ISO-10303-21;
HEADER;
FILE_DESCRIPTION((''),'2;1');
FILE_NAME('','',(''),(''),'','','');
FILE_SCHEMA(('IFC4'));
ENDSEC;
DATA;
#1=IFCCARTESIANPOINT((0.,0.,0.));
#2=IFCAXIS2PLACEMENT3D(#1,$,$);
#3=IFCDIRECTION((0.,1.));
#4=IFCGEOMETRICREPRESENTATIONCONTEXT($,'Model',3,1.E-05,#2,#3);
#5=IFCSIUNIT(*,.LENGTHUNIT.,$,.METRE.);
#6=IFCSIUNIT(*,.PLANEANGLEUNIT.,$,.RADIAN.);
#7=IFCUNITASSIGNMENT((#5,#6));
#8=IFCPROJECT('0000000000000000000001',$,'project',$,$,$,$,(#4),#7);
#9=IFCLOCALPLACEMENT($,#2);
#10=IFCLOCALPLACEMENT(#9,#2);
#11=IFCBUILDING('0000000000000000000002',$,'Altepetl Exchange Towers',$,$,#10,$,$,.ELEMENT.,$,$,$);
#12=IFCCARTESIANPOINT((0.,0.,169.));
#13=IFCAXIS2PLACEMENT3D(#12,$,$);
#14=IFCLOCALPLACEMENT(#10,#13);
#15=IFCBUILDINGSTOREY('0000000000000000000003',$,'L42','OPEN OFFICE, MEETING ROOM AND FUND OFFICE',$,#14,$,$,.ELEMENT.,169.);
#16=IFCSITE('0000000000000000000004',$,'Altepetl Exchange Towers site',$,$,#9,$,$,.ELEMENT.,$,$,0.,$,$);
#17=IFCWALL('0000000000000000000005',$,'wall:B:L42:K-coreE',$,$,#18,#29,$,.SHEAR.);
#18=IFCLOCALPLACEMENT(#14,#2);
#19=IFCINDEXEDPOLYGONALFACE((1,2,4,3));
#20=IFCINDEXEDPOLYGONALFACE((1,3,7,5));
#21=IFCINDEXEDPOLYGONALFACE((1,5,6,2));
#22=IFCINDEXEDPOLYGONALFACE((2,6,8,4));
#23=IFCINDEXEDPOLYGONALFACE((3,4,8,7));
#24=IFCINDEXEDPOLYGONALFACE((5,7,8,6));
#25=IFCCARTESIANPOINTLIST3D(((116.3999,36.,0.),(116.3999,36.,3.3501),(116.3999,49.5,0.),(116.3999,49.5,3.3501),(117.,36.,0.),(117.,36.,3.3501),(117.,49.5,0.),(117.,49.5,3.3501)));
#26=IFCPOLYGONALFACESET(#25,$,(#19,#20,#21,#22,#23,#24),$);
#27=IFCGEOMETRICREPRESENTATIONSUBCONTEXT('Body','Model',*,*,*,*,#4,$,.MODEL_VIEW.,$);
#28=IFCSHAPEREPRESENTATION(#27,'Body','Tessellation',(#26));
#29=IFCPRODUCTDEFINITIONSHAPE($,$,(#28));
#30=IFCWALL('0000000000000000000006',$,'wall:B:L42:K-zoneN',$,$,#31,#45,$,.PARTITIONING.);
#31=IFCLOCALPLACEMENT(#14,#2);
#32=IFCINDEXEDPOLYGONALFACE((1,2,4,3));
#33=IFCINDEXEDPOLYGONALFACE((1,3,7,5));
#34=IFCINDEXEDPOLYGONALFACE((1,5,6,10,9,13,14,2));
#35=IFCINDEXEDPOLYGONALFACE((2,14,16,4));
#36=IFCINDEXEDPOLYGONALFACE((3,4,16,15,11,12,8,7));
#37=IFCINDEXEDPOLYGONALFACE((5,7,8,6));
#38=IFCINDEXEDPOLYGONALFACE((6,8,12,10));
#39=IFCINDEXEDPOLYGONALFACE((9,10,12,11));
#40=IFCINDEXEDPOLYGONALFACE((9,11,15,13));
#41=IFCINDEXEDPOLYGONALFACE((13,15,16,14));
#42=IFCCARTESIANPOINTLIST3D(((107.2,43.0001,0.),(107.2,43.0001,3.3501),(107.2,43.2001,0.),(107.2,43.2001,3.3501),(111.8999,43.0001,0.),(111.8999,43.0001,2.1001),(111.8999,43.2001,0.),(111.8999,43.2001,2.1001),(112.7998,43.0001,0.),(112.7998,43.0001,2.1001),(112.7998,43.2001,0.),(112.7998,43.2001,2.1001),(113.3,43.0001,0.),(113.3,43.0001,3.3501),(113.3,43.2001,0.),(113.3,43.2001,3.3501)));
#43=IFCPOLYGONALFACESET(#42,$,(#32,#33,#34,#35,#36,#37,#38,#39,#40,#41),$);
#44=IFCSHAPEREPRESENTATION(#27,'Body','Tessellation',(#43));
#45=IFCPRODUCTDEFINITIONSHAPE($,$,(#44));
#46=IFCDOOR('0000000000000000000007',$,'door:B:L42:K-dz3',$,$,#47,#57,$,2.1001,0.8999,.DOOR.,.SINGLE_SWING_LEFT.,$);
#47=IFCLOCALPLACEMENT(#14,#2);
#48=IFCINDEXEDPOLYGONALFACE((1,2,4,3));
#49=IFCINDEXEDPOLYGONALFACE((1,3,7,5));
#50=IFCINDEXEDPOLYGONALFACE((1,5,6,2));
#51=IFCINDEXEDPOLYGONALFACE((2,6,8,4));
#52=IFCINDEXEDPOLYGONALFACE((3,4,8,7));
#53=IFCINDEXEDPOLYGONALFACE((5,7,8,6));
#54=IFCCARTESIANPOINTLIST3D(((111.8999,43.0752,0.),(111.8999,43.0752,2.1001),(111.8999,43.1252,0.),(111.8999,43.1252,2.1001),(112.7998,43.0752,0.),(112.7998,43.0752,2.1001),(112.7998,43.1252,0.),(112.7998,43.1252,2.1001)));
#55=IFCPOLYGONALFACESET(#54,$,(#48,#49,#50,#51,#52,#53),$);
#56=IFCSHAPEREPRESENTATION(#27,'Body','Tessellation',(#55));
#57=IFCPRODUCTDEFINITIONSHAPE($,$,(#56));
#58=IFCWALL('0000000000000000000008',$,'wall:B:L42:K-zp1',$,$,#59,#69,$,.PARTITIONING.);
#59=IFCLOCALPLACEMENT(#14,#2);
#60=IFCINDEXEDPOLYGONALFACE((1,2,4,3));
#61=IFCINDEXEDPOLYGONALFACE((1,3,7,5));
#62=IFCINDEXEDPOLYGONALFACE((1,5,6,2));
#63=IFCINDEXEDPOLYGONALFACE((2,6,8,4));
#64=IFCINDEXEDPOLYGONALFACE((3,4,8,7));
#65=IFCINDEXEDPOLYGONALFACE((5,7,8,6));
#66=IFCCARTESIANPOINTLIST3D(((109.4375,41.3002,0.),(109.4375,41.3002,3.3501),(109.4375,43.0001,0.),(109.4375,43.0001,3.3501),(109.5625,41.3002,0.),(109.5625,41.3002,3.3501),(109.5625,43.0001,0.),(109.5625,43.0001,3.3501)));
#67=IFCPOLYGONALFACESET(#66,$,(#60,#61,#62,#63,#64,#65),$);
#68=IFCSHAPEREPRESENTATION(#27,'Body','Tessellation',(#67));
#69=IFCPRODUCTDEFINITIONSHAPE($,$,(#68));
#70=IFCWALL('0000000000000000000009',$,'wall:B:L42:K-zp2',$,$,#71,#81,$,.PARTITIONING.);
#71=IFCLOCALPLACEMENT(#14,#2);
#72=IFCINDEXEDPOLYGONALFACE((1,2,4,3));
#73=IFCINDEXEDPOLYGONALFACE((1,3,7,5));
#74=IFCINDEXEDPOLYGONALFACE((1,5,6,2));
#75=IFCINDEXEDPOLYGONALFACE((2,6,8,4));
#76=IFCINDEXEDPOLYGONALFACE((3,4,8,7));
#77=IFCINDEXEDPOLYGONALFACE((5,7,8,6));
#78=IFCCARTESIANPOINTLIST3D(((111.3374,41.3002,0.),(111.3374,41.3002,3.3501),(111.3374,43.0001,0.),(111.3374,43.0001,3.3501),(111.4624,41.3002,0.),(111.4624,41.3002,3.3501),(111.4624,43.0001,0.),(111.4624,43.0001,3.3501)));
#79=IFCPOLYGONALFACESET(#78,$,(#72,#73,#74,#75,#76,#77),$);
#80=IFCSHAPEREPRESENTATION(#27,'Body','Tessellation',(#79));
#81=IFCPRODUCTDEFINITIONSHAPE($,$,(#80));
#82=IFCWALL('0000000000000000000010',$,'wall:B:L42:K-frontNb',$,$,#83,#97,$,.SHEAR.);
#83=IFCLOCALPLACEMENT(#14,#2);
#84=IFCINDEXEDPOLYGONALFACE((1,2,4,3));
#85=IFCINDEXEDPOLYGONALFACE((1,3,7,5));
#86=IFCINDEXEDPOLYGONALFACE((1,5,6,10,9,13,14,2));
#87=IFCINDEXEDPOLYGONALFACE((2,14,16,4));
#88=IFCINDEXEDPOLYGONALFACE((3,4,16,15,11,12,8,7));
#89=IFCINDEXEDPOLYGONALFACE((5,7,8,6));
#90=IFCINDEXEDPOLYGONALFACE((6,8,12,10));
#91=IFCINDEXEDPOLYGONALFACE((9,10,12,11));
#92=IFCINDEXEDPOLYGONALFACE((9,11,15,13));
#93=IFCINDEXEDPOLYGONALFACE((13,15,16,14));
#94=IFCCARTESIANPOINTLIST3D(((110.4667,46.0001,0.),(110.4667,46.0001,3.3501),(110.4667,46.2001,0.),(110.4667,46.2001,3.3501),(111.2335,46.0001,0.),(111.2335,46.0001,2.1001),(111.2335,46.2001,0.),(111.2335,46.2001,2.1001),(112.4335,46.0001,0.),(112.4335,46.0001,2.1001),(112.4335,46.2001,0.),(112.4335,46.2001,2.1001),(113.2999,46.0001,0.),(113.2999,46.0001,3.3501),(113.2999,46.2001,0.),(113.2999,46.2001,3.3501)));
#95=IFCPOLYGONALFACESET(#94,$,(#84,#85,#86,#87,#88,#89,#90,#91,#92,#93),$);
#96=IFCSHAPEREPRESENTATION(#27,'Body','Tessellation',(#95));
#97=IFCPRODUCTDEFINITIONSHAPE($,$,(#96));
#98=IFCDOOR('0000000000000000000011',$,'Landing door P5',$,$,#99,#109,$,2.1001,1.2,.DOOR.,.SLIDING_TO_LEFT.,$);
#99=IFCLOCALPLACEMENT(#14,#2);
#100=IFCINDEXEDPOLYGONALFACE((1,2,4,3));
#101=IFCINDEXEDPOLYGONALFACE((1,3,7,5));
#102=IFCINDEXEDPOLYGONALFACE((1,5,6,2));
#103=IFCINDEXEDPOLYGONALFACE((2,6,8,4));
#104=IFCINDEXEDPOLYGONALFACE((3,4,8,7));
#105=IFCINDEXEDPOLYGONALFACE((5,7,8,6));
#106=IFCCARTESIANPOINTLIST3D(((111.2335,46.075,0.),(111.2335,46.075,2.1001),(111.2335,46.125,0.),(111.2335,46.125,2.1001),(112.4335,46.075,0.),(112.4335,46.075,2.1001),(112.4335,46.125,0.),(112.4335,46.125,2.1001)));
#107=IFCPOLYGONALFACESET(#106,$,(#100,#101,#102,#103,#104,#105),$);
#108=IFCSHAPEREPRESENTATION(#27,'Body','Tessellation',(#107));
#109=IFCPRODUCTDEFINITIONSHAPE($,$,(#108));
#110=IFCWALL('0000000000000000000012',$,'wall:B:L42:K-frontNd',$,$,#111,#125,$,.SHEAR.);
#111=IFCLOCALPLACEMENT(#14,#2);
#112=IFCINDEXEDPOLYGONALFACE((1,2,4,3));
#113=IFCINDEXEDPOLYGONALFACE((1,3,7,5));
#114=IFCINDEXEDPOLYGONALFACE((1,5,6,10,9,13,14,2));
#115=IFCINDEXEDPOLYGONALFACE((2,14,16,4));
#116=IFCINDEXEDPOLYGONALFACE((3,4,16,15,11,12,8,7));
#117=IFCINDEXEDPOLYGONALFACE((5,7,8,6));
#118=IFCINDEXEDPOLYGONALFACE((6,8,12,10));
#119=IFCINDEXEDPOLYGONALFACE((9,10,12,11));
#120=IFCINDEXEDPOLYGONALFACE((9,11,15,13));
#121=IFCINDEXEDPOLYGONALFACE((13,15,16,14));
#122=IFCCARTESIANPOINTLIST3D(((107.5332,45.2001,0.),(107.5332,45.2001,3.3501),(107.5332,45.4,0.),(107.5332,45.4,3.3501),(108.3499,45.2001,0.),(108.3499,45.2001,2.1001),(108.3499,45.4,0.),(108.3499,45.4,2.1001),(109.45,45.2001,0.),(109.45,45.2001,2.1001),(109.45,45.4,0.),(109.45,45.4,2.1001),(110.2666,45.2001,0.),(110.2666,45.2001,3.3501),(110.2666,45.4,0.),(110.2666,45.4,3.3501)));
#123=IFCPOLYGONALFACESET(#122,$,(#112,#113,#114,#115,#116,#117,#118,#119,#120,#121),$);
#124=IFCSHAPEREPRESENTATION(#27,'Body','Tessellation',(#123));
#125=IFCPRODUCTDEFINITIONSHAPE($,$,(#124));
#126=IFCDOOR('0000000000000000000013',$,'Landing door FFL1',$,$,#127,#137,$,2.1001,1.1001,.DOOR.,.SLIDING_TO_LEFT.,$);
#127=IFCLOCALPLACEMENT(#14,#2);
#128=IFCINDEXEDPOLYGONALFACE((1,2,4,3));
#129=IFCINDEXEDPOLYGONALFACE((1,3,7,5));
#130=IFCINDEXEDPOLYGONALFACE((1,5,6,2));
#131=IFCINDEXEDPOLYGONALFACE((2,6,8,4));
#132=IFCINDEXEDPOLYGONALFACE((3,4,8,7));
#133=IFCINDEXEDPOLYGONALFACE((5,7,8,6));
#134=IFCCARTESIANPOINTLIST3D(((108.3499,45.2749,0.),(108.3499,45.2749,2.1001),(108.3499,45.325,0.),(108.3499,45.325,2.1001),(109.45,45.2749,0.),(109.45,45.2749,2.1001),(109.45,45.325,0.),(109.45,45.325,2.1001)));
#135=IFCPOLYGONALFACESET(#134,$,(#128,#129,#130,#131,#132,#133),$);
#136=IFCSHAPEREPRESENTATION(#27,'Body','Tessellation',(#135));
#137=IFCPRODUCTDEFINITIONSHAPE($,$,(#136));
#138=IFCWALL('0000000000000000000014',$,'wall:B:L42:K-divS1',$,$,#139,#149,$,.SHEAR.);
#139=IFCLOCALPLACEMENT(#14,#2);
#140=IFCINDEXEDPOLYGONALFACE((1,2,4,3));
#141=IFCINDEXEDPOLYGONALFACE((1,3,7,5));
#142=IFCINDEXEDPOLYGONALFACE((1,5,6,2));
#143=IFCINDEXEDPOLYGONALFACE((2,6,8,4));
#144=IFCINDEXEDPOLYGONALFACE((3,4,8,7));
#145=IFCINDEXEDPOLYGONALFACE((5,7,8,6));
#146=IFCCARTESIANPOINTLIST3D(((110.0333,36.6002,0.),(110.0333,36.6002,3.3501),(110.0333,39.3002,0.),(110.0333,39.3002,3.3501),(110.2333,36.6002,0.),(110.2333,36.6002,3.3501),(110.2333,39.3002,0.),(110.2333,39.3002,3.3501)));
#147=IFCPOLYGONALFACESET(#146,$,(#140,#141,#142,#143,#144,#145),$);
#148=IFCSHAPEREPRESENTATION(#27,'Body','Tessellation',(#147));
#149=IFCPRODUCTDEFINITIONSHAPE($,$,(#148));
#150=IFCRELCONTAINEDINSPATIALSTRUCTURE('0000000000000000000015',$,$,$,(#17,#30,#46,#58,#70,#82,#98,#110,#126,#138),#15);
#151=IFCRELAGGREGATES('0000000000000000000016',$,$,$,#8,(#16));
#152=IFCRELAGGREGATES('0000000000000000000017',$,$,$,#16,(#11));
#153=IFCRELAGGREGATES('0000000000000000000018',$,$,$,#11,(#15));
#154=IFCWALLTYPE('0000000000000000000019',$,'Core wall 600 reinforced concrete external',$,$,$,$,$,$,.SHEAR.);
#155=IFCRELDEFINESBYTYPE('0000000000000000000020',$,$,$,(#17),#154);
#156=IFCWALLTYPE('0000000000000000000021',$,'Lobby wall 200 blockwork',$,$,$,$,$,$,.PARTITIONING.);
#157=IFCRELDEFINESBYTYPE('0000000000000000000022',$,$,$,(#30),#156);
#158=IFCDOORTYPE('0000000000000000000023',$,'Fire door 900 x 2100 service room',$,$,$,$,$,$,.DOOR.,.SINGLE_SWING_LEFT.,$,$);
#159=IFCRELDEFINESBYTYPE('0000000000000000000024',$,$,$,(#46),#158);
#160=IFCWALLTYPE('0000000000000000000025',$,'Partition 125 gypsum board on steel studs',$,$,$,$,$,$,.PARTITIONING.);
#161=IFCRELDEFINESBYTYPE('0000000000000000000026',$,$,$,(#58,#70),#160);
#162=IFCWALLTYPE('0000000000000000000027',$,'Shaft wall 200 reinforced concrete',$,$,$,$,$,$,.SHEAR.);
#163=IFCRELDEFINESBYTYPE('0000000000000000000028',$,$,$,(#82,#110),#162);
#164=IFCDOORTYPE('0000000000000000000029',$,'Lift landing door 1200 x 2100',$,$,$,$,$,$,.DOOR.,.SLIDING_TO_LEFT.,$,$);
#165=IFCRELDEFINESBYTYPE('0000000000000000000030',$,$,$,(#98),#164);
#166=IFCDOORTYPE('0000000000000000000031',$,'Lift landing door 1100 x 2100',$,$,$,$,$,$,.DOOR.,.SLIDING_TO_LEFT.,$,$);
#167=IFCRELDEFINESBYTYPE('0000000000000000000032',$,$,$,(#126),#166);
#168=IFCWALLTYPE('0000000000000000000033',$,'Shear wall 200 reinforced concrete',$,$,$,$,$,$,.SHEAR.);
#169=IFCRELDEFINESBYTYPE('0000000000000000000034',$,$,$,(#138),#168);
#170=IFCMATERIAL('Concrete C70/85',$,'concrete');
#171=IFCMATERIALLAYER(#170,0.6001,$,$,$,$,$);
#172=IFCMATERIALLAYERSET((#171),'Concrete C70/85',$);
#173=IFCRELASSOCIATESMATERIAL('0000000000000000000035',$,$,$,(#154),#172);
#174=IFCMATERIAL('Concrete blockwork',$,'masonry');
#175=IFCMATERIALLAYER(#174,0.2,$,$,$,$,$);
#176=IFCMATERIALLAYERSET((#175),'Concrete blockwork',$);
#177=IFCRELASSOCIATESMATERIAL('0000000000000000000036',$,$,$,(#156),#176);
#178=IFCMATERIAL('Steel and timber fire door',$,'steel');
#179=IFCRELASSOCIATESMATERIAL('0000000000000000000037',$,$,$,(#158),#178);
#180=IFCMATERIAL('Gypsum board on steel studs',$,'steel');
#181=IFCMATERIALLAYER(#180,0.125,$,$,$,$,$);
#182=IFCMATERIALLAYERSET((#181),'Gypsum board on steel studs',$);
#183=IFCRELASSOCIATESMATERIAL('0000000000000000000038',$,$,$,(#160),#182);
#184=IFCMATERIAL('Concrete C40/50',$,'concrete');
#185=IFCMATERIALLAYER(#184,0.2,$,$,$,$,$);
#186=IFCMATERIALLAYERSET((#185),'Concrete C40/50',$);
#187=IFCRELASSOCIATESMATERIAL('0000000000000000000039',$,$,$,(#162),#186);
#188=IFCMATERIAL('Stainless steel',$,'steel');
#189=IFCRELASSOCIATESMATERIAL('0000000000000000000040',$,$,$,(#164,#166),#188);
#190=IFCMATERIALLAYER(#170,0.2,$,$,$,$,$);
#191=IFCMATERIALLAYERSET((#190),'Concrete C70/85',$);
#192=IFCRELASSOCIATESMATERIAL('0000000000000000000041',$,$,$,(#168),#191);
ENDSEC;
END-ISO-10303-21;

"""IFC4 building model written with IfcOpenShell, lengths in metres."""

from ifc_helpers import new_model, si_unit, direction, frame, frame_2d, origin, place, context, subcontext, project, spatial, rectangle, extrude, material, layer, layer_set, type_object, element, fill, save


model = new_model("IFC4")

# Units and contexts
model_context = context("Model", 3, precision=1e-05, world=origin(), true_north=direction((0.0, 1.0)))
body_context = subcontext(model_context, "Body", "Model", "MODEL_VIEW")
ifc_project = project(units=[si_unit("LENGTHUNIT", "METRE"), si_unit("PLANEANGLEUNIT", "RADIAN")], contexts=[model_context])

# Site, building, storey
site_placement = place(None, origin())
site = spatial("IfcSite", under=ifc_project, at=site_placement, Name="Altepetl Exchange Towers site", CompositionType="ELEMENT", RefElevation=0.0)
building_placement = place(site_placement, origin())
building = spatial("IfcBuilding", under=site, at=building_placement, Name="Altepetl Exchange Towers", CompositionType="ELEMENT")
storey_placement = place(building_placement, frame((0.0, 0.0, 169.0)))
storey = spatial("IfcBuildingStorey", under=building, at=storey_placement, Name="L42", Description="OPEN OFFICE, MEETING ROOM AND FUND OFFICE", CompositionType="ELEMENT", Elevation=169.0)

# Wall
ifc_material_1 = material(Name="Concrete C70/85", Category="concrete")
ifc_layer_1 = layer(ifc_material_1, 0.6001)
ifc_layer_set_1 = layer_set([ifc_layer_1], Name="Concrete C70/85")
wall_type_1 = type_object("IfcWallType", Name="Core wall 600 reinforced concrete external", PredefinedType="SHEAR", material=ifc_layer_set_1)
wall_1_placement = place(storey_placement, frame((116.7, 36.0, 0.0), z_axis=(0.0, 0.0, 1.0), x_axis=(0.0, 1.0, 0.0)))
element("IfcWall", 1, at=wall_1_placement, inside=storey, type_object=wall_type_1, Name="wall:B:L42:K-coreE", PredefinedType="SHEAR", context=body_context, shape_type="SweptSolid", body=[
    extrude(rectangle(XDim=13.5, YDim=0.6001, at=frame_2d((6.75, 0.0))), origin(), (0.0, 0.0, 1.0), 3.3501),
])

# Wall, opening, door
ifc_material_2 = material(Name="Concrete blockwork", Category="masonry")
ifc_layer_2 = layer(ifc_material_2, 0.2)
ifc_layer_set_2 = layer_set([ifc_layer_2], Name="Concrete blockwork")
wall_type_2 = type_object("IfcWallType", Name="Lobby wall 200 blockwork", PredefinedType="PARTITIONING", material=ifc_layer_set_2)
wall_2_placement = place(storey_placement, frame((107.2, 43.1001, 0.0)))
wall_2 = element("IfcWall", 2, at=wall_2_placement, inside=storey, type_object=wall_type_2, Name="wall:B:L42:K-zoneN", PredefinedType="PARTITIONING", context=body_context, shape_type="SweptSolid", body=[
    extrude(rectangle(XDim=6.1001, YDim=0.2, at=frame_2d((3.05, 0.0))), origin(), (0.0, 0.0, 1.0), 3.3501),
])
opening_1_placement = place(wall_2_placement, frame((4.7, 0.0, 0.0)))
opening_1 = element("IfcOpeningElement", 3, at=opening_1_placement, cuts=wall_2, PredefinedType="OPENING", context=body_context, shape_type="SweptSolid", body=[
    extrude(rectangle(XDim=0.8999, YDim=2.1001, at=frame_2d((0.45, 1.05))), frame((0.0, 0.1099, 0.0), z_axis=(0.0, -1.0, 0.0), x_axis=(1.0, 0.0, 0.0)), (0.0, 0.0, 1.0), 0.22),
])
ifc_material_3 = material(Name="Steel and timber fire door", Category="steel")
door_type_1 = type_object("IfcDoorType", Name="Fire door 900 x 2100 service room", OperationType="SINGLE_SWING_LEFT", PredefinedType="DOOR", material=ifc_material_3)
door_1_placement = place(opening_1_placement, frame((0.8999, 0.0, 0.0), x_axis=(-1.0, 0.0, 0.0)))
door_1 = element("IfcDoor", 4, at=door_1_placement, inside=storey, type_object=door_type_1, Name="door:B:L42:K-dz3", OperationType="SINGLE_SWING_LEFT", OverallHeight=2.1001, OverallWidth=0.8999, PredefinedType="DOOR", context=body_context, shape_type="SweptSolid", body=[
    extrude(rectangle(XDim=0.8999, YDim=2.1001, at=frame_2d((0.45, 1.05))), frame((0.0, 0.0249, 0.0), z_axis=(0.0, -1.0, 0.0), x_axis=(1.0, 0.0, 0.0)), (0.0, 0.0, 1.0), 0.05),
])
fill(opening_1, door_1)

# Walls
ifc_material_4 = material(Name="Gypsum board on steel studs", Category="steel")
ifc_layer_3 = layer(ifc_material_4, 0.125)
ifc_layer_set_3 = layer_set([ifc_layer_3], Name="Gypsum board on steel studs")
wall_type_3 = type_object("IfcWallType", Name="Partition 125 gypsum board on steel studs", PredefinedType="PARTITIONING", material=ifc_layer_set_3)
for number, where, z_axis, x_axis, name in (
    (5, (109.5, 41.3, 0.0), (0.0, 0.0, 1.0), (0.0, 1.0, 0.0), "wall:B:L42:K-zp1"),
    (6, (111.3999, 41.3, 0.0), (0.0, 0.0, 1.0), (0.0, 1.0, 0.0), "wall:B:L42:K-zp2"),
):
    element("IfcWall", number, at=place(storey_placement, frame(where, z_axis=z_axis, x_axis=x_axis)), inside=storey, type_object=wall_type_3, Name=name, PredefinedType="PARTITIONING", context=body_context, shape_type="SweptSolid", body=[
        extrude(rectangle(XDim=1.7, YDim=0.125, at=frame_2d((0.8501, 0.0))), origin(), (0.0, 0.0, 1.0), 3.3501),
    ])

# Walls, openings, doors
ifc_material_5 = material(Name="Concrete C40/50", Category="concrete")
ifc_layer_4 = layer(ifc_material_5, 0.2)
ifc_layer_set_4 = layer_set([ifc_layer_4], Name="Concrete C40/50")
wall_type_4 = type_object("IfcWallType", Name="Shaft wall 200 reinforced concrete", PredefinedType="SHEAR", material=ifc_layer_set_4)
wall_3_placement = place(storey_placement, frame((110.4668, 46.1001, 0.0)))
wall_3 = element("IfcWall", 7, at=wall_3_placement, inside=storey, type_object=wall_type_4, Name="wall:B:L42:K-frontNb", PredefinedType="SHEAR", context=body_context, shape_type="SweptSolid", body=[
    extrude(rectangle(XDim=2.8333, YDim=0.2, at=frame_2d((1.4165, 0.0))), origin(), (0.0, 0.0, 1.0), 3.3501),
])
opening_2_placement = place(wall_3_placement, frame((0.7666, 0.0, 0.0)))
opening_2 = element("IfcOpeningElement", 8, at=opening_2_placement, cuts=wall_3, PredefinedType="OPENING", context=body_context, shape_type="SweptSolid", body=[
    extrude(rectangle(XDim=1.2, YDim=2.1001, at=frame_2d((0.6001, 1.05))), frame((0.0, 0.1099, 0.0), z_axis=(0.0, -1.0, 0.0), x_axis=(1.0, 0.0, 0.0)), (0.0, 0.0, 1.0), 0.22),
])
ifc_material_6 = material(Name="Stainless steel", Category="steel")
door_type_2 = type_object("IfcDoorType", Name="Lift landing door 1200 x 2100", OperationType="SLIDING_TO_LEFT", PredefinedType="DOOR", material=ifc_material_6)
door_2_placement = place(opening_2_placement, origin())
door_2 = element("IfcDoor", 9, at=door_2_placement, inside=storey, type_object=door_type_2, Name="Landing door P5", OperationType="SLIDING_TO_LEFT", OverallHeight=2.1001, OverallWidth=1.2, PredefinedType="DOOR", context=body_context, shape_type="SweptSolid", body=[
    extrude(rectangle(XDim=1.2, YDim=2.1001, at=frame_2d((0.6001, 1.05))), frame((0.0, 0.0249, 0.0), z_axis=(0.0, -1.0, 0.0), x_axis=(1.0, 0.0, 0.0)), (0.0, 0.0, 1.0), 0.05),
])
fill(opening_2, door_2)
wall_4_placement = place(storey_placement, frame((107.5332, 45.3, 0.0)))
wall_4 = element("IfcWall", 10, at=wall_4_placement, inside=storey, type_object=wall_type_4, Name="wall:B:L42:K-frontNd", PredefinedType="SHEAR", context=body_context, shape_type="SweptSolid", body=[
    extrude(rectangle(XDim=2.7334, YDim=0.2, at=frame_2d((1.3667, 0.0))), origin(), (0.0, 0.0, 1.0), 3.3501),
])
opening_3_placement = place(wall_4_placement, frame((0.8167, 0.0, 0.0)))
opening_3 = element("IfcOpeningElement", 11, at=opening_3_placement, cuts=wall_4, PredefinedType="OPENING", context=body_context, shape_type="SweptSolid", body=[
    extrude(rectangle(XDim=1.1001, YDim=2.1001, at=frame_2d((0.55, 1.05))), frame((0.0, 0.1099, 0.0), z_axis=(0.0, -1.0, 0.0), x_axis=(1.0, 0.0, 0.0)), (0.0, 0.0, 1.0), 0.22),
])
door_type_3 = type_object("IfcDoorType", Name="Lift landing door 1100 x 2100", OperationType="SLIDING_TO_LEFT", PredefinedType="DOOR", material=ifc_material_6)
door_3_placement = place(opening_3_placement, origin())
door_3 = element("IfcDoor", 12, at=door_3_placement, inside=storey, type_object=door_type_3, Name="Landing door FFL1", OperationType="SLIDING_TO_LEFT", OverallHeight=2.1001, OverallWidth=1.1001, PredefinedType="DOOR", context=body_context, shape_type="SweptSolid", body=[
    extrude(rectangle(XDim=1.1001, YDim=2.1001, at=frame_2d((0.55, 1.05))), frame((0.0, 0.0249, 0.0), z_axis=(0.0, -1.0, 0.0), x_axis=(1.0, 0.0, 0.0)), (0.0, 0.0, 1.0), 0.05),
])
fill(opening_3, door_3)

# Wall
ifc_layer_5 = layer(ifc_material_1, 0.2)
ifc_layer_set_5 = layer_set([ifc_layer_5], Name="Concrete C70/85")
wall_type_5 = type_object("IfcWallType", Name="Shear wall 200 reinforced concrete", PredefinedType="SHEAR", material=ifc_layer_set_5)
wall_5_placement = place(storey_placement, frame((110.1333, 36.6001, 0.0), z_axis=(0.0, 0.0, 1.0), x_axis=(0.0, 1.0, 0.0)))
element("IfcWall", 13, at=wall_5_placement, inside=storey, type_object=wall_type_5, Name="wall:B:L42:K-divS1", PredefinedType="SHEAR", context=body_context, shape_type="SweptSolid", body=[
    extrude(rectangle(XDim=2.7, YDim=0.2, at=frame_2d((1.3501, 0.0))), origin(), (0.0, 0.0, 1.0), 3.3501),
])

save(model, "model.ifc")
